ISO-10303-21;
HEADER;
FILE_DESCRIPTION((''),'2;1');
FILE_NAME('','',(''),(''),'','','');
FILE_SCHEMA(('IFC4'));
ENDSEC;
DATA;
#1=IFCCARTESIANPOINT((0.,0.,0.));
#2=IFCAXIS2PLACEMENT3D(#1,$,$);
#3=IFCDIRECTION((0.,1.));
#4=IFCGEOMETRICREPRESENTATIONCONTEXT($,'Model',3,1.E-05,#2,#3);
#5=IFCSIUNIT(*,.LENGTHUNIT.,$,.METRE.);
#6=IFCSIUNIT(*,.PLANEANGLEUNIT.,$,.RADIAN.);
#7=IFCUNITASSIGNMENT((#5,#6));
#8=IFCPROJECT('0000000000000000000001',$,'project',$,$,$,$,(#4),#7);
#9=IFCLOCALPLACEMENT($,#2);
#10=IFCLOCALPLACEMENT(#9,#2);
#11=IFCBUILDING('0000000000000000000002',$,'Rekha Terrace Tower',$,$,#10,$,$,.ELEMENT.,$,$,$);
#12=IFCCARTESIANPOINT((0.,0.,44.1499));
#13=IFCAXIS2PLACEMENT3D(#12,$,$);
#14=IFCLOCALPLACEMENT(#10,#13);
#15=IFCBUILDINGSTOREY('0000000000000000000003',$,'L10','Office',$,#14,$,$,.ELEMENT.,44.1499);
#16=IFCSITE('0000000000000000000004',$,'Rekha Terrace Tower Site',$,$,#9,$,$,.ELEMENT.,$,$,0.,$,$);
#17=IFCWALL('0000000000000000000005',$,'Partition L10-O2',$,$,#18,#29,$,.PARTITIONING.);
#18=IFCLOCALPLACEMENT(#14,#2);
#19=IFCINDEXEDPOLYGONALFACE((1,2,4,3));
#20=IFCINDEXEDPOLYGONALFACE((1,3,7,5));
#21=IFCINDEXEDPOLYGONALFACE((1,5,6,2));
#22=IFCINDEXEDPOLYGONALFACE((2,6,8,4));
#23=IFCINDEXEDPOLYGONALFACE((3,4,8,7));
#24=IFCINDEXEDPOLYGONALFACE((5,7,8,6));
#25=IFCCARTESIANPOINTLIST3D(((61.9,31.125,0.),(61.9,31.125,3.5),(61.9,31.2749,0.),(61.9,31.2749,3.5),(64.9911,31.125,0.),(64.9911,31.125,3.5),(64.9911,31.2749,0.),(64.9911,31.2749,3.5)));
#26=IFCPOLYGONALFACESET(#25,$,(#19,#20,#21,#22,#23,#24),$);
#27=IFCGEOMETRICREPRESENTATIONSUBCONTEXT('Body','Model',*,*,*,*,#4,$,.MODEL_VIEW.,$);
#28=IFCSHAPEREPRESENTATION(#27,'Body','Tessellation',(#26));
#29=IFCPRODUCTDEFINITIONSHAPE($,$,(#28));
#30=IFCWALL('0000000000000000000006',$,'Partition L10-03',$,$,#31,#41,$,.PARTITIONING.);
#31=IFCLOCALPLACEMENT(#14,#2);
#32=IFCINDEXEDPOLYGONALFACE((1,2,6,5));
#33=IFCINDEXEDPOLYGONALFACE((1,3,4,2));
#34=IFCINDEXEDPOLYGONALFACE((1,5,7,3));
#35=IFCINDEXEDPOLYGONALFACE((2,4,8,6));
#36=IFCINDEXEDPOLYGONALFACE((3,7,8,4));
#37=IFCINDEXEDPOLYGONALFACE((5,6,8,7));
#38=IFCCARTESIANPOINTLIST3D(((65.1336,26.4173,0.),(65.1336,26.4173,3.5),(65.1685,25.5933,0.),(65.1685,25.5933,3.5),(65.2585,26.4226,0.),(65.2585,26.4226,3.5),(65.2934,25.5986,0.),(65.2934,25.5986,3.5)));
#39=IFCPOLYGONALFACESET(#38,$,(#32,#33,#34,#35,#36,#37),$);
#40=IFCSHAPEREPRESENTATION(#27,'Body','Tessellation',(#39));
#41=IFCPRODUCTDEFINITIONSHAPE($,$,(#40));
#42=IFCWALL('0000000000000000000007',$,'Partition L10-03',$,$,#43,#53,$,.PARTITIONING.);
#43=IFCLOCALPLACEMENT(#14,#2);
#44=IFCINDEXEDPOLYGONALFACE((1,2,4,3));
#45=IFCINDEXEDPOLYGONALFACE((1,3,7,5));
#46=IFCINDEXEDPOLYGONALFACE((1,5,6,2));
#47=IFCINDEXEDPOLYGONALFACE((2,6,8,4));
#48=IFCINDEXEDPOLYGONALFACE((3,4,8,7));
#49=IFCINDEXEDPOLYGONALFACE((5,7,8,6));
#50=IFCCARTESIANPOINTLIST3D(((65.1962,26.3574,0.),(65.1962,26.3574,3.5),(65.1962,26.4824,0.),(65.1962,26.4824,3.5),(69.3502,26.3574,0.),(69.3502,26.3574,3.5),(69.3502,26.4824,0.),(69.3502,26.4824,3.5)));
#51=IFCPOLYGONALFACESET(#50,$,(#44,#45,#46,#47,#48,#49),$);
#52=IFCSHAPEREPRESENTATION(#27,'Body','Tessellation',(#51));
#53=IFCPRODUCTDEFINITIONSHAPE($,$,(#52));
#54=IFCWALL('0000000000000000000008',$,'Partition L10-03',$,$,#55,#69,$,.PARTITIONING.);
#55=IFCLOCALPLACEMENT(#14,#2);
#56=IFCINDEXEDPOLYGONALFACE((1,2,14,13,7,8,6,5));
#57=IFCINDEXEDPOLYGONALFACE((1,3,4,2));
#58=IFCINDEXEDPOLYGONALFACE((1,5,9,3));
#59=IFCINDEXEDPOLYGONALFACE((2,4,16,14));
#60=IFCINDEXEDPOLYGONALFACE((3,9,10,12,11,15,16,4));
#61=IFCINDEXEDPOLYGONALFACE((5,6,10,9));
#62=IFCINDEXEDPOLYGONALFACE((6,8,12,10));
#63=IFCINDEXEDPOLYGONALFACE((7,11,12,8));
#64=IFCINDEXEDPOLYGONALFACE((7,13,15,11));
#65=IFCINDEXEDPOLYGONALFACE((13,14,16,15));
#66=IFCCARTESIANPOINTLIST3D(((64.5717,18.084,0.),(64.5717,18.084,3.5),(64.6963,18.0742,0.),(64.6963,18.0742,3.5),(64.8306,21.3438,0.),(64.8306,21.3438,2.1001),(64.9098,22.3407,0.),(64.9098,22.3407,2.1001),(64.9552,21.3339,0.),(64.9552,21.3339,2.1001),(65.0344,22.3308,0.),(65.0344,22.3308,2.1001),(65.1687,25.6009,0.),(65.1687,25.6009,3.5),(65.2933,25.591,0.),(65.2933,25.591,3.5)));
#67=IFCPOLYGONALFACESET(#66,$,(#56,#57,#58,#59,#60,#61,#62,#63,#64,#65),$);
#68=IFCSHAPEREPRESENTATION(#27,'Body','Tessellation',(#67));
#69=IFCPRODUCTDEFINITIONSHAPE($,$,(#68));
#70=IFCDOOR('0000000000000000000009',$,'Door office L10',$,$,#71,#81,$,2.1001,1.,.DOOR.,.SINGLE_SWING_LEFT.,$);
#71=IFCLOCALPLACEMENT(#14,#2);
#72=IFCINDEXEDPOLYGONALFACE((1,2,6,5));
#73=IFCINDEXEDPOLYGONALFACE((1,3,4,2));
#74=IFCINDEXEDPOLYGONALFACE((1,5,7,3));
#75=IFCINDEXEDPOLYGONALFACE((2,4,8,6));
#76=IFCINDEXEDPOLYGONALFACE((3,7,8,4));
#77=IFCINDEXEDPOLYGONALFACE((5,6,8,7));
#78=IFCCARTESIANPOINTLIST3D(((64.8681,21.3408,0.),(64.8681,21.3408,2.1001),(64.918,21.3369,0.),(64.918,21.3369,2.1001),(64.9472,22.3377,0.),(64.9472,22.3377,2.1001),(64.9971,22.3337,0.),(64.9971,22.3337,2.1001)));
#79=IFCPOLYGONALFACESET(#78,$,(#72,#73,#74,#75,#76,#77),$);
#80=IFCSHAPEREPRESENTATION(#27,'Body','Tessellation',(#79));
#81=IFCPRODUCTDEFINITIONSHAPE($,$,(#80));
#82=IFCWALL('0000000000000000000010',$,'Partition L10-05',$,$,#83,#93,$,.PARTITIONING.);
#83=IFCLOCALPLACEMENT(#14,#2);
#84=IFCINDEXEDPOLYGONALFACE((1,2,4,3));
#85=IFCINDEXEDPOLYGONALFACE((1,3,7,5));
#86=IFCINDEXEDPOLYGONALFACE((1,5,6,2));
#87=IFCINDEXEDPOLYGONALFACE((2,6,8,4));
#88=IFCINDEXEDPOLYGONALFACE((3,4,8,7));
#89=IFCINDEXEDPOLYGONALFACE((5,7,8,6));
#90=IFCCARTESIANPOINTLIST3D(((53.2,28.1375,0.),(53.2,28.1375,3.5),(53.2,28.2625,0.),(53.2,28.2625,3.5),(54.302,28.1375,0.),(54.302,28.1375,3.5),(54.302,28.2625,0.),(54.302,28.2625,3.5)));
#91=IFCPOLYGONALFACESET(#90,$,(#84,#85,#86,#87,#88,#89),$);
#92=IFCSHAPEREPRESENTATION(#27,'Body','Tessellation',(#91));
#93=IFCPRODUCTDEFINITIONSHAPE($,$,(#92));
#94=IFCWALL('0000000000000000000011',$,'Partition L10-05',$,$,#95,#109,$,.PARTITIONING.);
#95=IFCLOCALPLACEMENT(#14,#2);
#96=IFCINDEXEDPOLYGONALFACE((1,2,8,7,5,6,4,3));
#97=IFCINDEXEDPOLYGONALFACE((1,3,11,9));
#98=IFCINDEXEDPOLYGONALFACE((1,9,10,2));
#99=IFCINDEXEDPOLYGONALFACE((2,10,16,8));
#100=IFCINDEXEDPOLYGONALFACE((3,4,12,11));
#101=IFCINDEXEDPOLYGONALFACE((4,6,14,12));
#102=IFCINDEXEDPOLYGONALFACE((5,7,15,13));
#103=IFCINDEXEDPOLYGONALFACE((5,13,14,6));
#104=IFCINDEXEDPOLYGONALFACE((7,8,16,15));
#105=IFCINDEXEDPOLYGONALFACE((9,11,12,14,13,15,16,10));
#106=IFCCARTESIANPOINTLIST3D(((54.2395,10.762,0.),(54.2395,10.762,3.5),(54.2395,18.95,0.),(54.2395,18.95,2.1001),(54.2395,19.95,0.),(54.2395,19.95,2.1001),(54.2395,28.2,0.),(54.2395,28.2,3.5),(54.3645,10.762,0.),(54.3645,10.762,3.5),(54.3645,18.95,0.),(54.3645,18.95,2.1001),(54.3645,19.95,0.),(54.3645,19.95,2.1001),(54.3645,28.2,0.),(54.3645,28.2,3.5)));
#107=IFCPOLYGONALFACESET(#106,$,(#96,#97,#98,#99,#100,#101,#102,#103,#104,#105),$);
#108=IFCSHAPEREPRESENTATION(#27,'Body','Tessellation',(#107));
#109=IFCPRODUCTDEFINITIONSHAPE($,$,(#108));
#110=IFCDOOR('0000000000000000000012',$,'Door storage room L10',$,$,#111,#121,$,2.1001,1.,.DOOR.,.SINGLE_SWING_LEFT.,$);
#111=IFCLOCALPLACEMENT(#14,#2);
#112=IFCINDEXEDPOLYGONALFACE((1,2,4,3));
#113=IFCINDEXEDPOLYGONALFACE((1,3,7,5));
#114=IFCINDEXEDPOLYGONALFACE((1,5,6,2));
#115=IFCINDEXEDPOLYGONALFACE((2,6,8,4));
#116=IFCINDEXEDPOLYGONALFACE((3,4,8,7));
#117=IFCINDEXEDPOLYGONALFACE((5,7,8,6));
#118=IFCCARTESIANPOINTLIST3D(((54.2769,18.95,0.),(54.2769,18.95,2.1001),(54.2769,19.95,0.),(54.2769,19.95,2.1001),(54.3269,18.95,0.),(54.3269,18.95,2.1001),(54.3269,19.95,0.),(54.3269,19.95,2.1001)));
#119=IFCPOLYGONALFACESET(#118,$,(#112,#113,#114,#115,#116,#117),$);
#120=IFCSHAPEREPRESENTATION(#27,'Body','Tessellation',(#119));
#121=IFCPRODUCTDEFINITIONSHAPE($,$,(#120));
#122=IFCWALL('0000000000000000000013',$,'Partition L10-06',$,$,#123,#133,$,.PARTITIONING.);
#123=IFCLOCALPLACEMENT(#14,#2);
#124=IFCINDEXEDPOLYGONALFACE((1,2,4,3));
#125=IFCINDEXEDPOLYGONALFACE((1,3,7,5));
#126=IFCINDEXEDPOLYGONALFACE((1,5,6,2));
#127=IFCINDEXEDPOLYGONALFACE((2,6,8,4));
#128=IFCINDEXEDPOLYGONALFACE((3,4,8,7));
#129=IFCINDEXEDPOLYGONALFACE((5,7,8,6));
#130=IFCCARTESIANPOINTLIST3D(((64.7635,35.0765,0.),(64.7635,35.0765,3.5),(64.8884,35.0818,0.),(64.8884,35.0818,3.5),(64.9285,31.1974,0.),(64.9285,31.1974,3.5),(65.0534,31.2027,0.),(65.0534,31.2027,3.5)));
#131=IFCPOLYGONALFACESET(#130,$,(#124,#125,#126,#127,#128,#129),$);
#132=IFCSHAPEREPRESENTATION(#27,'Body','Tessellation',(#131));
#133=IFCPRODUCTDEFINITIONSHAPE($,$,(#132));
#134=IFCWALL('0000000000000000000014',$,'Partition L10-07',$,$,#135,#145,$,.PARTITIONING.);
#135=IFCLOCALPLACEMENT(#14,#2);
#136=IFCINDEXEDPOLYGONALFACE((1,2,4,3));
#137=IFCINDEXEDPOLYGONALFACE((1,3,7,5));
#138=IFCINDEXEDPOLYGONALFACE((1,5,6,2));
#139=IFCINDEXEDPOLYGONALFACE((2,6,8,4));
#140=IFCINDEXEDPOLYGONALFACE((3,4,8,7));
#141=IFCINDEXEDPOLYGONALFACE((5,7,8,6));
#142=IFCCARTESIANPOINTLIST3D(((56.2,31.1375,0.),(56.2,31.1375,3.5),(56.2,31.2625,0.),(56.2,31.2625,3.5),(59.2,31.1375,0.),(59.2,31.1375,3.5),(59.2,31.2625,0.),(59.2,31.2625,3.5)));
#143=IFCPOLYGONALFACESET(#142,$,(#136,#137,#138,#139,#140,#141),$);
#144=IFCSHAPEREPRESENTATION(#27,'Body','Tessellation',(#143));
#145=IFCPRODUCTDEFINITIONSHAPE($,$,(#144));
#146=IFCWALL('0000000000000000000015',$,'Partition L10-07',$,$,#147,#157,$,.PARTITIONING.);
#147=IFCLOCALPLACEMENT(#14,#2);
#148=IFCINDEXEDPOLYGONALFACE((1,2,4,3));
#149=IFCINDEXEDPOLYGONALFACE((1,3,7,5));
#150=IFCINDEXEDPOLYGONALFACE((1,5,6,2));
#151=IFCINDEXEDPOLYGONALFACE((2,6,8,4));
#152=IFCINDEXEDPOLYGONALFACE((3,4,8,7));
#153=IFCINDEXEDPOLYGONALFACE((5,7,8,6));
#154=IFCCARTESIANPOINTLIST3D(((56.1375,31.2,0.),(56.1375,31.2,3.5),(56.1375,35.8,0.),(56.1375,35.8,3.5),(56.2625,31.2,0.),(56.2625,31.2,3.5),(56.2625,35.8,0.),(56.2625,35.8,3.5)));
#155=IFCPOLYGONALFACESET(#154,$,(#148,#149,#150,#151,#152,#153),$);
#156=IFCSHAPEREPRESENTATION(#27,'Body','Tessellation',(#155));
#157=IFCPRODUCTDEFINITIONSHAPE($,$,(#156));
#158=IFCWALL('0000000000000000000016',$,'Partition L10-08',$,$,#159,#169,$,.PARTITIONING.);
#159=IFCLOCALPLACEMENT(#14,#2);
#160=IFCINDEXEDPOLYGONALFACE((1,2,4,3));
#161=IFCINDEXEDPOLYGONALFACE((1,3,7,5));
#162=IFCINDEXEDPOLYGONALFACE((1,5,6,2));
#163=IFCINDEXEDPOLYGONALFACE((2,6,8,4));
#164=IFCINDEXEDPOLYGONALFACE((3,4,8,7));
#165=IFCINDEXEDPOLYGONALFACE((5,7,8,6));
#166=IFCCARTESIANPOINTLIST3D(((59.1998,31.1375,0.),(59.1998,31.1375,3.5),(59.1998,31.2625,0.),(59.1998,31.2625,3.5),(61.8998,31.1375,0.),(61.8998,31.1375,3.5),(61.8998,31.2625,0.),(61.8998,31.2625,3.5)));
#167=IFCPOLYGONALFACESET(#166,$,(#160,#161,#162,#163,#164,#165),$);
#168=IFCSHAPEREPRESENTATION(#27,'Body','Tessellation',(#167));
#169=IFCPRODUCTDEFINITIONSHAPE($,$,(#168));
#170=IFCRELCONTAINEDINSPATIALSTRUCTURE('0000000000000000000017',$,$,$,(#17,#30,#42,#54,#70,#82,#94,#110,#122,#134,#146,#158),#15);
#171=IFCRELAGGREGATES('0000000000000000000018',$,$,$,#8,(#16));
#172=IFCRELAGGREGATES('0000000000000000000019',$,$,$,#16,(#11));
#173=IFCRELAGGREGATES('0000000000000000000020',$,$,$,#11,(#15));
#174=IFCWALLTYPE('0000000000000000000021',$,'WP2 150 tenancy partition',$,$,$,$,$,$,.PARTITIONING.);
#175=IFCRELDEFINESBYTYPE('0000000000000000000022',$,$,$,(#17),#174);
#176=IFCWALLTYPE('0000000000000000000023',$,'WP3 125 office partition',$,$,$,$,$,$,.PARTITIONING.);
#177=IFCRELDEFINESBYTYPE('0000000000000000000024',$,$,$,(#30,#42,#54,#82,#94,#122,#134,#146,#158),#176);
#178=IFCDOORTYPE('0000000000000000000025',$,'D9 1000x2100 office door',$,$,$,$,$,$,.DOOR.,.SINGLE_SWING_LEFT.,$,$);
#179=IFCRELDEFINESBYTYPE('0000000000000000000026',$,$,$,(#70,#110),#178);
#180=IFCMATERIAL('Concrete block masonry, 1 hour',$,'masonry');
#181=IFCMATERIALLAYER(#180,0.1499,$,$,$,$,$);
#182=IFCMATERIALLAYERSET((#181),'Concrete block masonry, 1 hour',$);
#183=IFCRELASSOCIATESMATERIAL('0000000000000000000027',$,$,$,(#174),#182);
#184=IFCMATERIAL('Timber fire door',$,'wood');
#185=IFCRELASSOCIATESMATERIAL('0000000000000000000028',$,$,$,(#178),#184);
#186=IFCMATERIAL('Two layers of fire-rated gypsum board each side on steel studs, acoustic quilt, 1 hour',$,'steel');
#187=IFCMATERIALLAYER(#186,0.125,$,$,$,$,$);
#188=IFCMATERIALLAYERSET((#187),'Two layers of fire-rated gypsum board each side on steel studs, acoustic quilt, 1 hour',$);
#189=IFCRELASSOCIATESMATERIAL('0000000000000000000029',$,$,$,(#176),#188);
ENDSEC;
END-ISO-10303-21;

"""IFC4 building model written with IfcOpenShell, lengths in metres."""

from ifc_helpers import new_model, si_unit, direction, frame, frame_2d, origin, place, context, subcontext, project, spatial, rectangle, extrude, material, layer, layer_set, type_object, element, fill, save


model = new_model("IFC4")

# Units and contexts
model_context = context("Model", 3, precision=1e-05, world=origin(), true_north=direction((0.0, 1.0)))
body_context = subcontext(model_context, "Body", "Model", "MODEL_VIEW")
ifc_project = project(units=[si_unit("LENGTHUNIT", "METRE"), si_unit("PLANEANGLEUNIT", "RADIAN")], contexts=[model_context])

# Site, building, storey
site_placement = place(None, origin())
site = spatial("IfcSite", under=ifc_project, at=site_placement, Name="Rekha Terrace Tower Site", CompositionType="ELEMENT", RefElevation=0.0)
building_placement = place(site_placement, origin())
building = spatial("IfcBuilding", under=site, at=building_placement, Name="Rekha Terrace Tower", CompositionType="ELEMENT")
storey_placement = place(building_placement, frame((0.0, 0.0, 44.1499)))
storey = spatial("IfcBuildingStorey", under=building, at=storey_placement, Name="L10", Description="Office", CompositionType="ELEMENT", Elevation=44.1499)

# Shared definitions
ifc_material_1 = material(Name="Concrete block masonry, 1 hour", Category="masonry")
ifc_layer_1 = layer(ifc_material_1, 0.1499)
ifc_layer_set_1 = layer_set([ifc_layer_1], Name="Concrete block masonry, 1 hour")
wall_type_1 = type_object("IfcWallType", Name="WP2 150 tenancy partition", PredefinedType="PARTITIONING", material=ifc_layer_set_1)
ifc_material_2 = material(Name="Timber fire door", Category="wood")
door_type_1 = type_object("IfcDoorType", Name="D9 1000x2100 office door", OperationType="SINGLE_SWING_LEFT", PredefinedType="DOOR", material=ifc_material_2)

# Walls
wall_1_placement = place(storey_placement, frame((64.991, 31.2, 0.0), z_axis=(0.0, 0.0, 1.0), x_axis=(-1.0, 0.0, 0.0)))
element("IfcWall", 1, at=wall_1_placement, inside=storey, type_object=wall_type_1, Name="Partition L10-O2", PredefinedType="PARTITIONING", context=body_context, shape_type="SweptSolid", body=[
    extrude(rectangle(XDim=3.0911, YDim=0.1499, at=frame_2d((1.5454, 0.0))), origin(), (0.0, 0.0, 1.0), 3.5),
])
ifc_material_3 = material(Name="Two layers of fire-rated gypsum board each side on steel studs, acoustic quilt, 1 hour", Category="steel")
ifc_layer_2 = layer(ifc_material_3, 0.125)
ifc_layer_set_2 = layer_set([ifc_layer_2], Name="Two layers of fire-rated gypsum board each side on steel studs, acoustic quilt, 1 hour")
wall_type_2 = type_object("IfcWallType", Name="WP3 125 office partition", PredefinedType="PARTITIONING", material=ifc_layer_set_2)
wall_2_placement = place(storey_placement, frame((65.231, 25.5959, 0.0), z_axis=(0.0, 0.0, 1.0), x_axis=(-0.042332, 0.999104, 0.0)))
element("IfcWall", 2, at=wall_2_placement, inside=storey, type_object=wall_type_2, Name="Partition L10-03", PredefinedType="PARTITIONING", context=body_context, shape_type="SweptSolid", body=[
    extrude(rectangle(XDim=0.8247, YDim=0.125, at=frame_2d((0.4124, 0.0))), origin(), (0.0, 0.0, 1.0), 3.5),
])
wall_3_placement = place(storey_placement, frame((65.196, 26.4199, 0.0), z_axis=(0.0, 0.0, 1.0), x_axis=(1.0, 0.0, 0.0)))
element("IfcWall", 3, at=wall_3_placement, inside=storey, type_object=wall_type_2, Name="Partition L10-03", PredefinedType="PARTITIONING", context=body_context, shape_type="SweptSolid", body=[
    extrude(rectangle(XDim=4.1541, YDim=0.125, at=frame_2d((2.0771, 0.0))), origin(), (0.0, 0.0, 1.0), 3.5),
])

# Wall, opening, door
wall_4_placement = place(storey_placement, frame((64.634, 18.0791, 0.0), z_axis=(0.0, 0.0, 1.0), x_axis=(0.079162, 0.996862, 0.0)))
wall_4 = element("IfcWall", 4, at=wall_4_placement, inside=storey, type_object=wall_type_2, Name="Partition L10-03", PredefinedType="PARTITIONING", context=body_context, shape_type="SweptSolid", body=[
    extrude(rectangle(XDim=7.5405, YDim=0.125, at=frame_2d((3.7703, 0.0))), origin(), (0.0, 0.0, 1.0), 3.5),
])
opening_1_placement = place(wall_4_placement, frame((3.27, 0.0, 0.0)))
opening_1 = element("IfcOpeningElement", 5, at=opening_1_placement, cuts=wall_4, PredefinedType="OPENING", context=body_context, shape_type="SweptSolid", body=[
    extrude(rectangle(XDim=1.0, YDim=2.1001, at=frame_2d((0.5, 1.05))), frame((0.0, 0.0725, 0.0), z_axis=(0.0, -1.0, 0.0), x_axis=(1.0, 0.0, 0.0)), (0.0, 0.0, 1.0), 0.145),
])
door_1_placement = place(opening_1_placement, origin())
door_1 = element("IfcDoor", 6, at=door_1_placement, inside=storey, type_object=door_type_1, Name="Door office L10", OperationType="SINGLE_SWING_LEFT", OverallHeight=2.1001, OverallWidth=1.0, PredefinedType="DOOR", context=body_context, shape_type="SweptSolid", body=[
    extrude(rectangle(XDim=1.0, YDim=2.1001, at=frame_2d((0.5, 1.05))), frame((0.0, 0.0249, 0.0), z_axis=(0.0, -1.0, 0.0), x_axis=(1.0, 0.0, 0.0)), (0.0, 0.0, 1.0), 0.05),
])
fill(opening_1, door_1)

# Wall
wall_5_placement = place(storey_placement, frame((53.2, 28.2, 0.0), z_axis=(0.0, 0.0, 1.0), x_axis=(1.0, 0.0, 0.0)))
element("IfcWall", 7, at=wall_5_placement, inside=storey, type_object=wall_type_2, Name="Partition L10-05", PredefinedType="PARTITIONING", context=body_context, shape_type="SweptSolid", body=[
    extrude(rectangle(XDim=1.1021, YDim=0.125, at=frame_2d((0.551, 0.0))), origin(), (0.0, 0.0, 1.0), 3.5),
])

# Wall, opening, door
wall_6_placement = place(storey_placement, frame((54.302, 28.2, 0.0), z_axis=(0.0, 0.0, 1.0), x_axis=(0.0, -1.0, 0.0)))
wall_6 = element("IfcWall", 8, at=wall_6_placement, inside=storey, type_object=wall_type_2, Name="Partition L10-05", PredefinedType="PARTITIONING", context=body_context, shape_type="SweptSolid", body=[
    extrude(rectangle(XDim=17.438, YDim=0.125, at=frame_2d((8.719, 0.0))), origin(), (0.0, 0.0, 1.0), 3.5),
])
opening_2_placement = place(wall_6_placement, frame((8.25, 0.0, 0.0)))
opening_2 = element("IfcOpeningElement", 9, at=opening_2_placement, cuts=wall_6, PredefinedType="OPENING", context=body_context, shape_type="SweptSolid", body=[
    extrude(rectangle(XDim=1.0, YDim=2.1001, at=frame_2d((0.5, 1.05))), frame((0.0, 0.0725, 0.0), z_axis=(0.0, -1.0, 0.0), x_axis=(1.0, 0.0, 0.0)), (0.0, 0.0, 1.0), 0.145),
])
door_2_placement = place(opening_2_placement, origin())
door_2 = element("IfcDoor", 10, at=door_2_placement, inside=storey, type_object=door_type_1, Name="Door storage room L10", OperationType="SINGLE_SWING_LEFT", OverallHeight=2.1001, OverallWidth=1.0, PredefinedType="DOOR", context=body_context, shape_type="SweptSolid", body=[
    extrude(rectangle(XDim=1.0, YDim=2.1001, at=frame_2d((0.5, 1.05))), frame((0.0, 0.0249, 0.0), z_axis=(0.0, -1.0, 0.0), x_axis=(1.0, 0.0, 0.0)), (0.0, 0.0, 1.0), 0.05),
])
fill(opening_2, door_2)

# Walls
wall_7_placement = place(storey_placement, frame((64.991, 31.2, 0.0), z_axis=(0.0, 0.0, 1.0), x_axis=(-0.042507, 0.999096, 0.0)))
element("IfcWall", 11, at=wall_7_placement, inside=storey, type_object=wall_type_2, Name="Partition L10-06", PredefinedType="PARTITIONING", context=body_context, shape_type="SweptSolid", body=[
    extrude(rectangle(XDim=3.8826, YDim=0.125, at=frame_2d((1.9414, 0.0))), origin(), (0.0, 0.0, 1.0), 3.5),
])
wall_8_placement = place(storey_placement, frame((59.2, 31.2, 0.0), z_axis=(0.0, 0.0, 1.0), x_axis=(-1.0, 0.0, 0.0)))
element("IfcWall", 12, at=wall_8_placement, inside=storey, type_object=wall_type_2, Name="Partition L10-07", PredefinedType="PARTITIONING", context=body_context, shape_type="SweptSolid", body=[
    extrude(rectangle(XDim=3.0, YDim=0.125, at=frame_2d((1.5, 0.0))), origin(), (0.0, 0.0, 1.0), 3.5),
])
wall_9_placement = place(storey_placement, frame((56.2, 31.2, 0.0), z_axis=(0.0, 0.0, 1.0), x_axis=(0.0, 1.0, 0.0)))
element("IfcWall", 13, at=wall_9_placement, inside=storey, type_object=wall_type_2, Name="Partition L10-07", PredefinedType="PARTITIONING", context=body_context, shape_type="SweptSolid", body=[
    extrude(rectangle(XDim=4.6001, YDim=0.125, at=frame_2d((2.3, 0.0))), origin(), (0.0, 0.0, 1.0), 3.5),
])
wall_10_placement = place(storey_placement, frame((61.8999, 31.2, 0.0), z_axis=(0.0, 0.0, 1.0), x_axis=(-1.0, 0.0, 0.0)))
element("IfcWall", 14, at=wall_10_placement, inside=storey, type_object=wall_type_2, Name="Partition L10-08", PredefinedType="PARTITIONING", context=body_context, shape_type="SweptSolid", body=[
    extrude(rectangle(XDim=2.7, YDim=0.125, at=frame_2d((1.3501, 0.0))), origin(), (0.0, 0.0, 1.0), 3.5),
])

save(model, "model.ifc")
